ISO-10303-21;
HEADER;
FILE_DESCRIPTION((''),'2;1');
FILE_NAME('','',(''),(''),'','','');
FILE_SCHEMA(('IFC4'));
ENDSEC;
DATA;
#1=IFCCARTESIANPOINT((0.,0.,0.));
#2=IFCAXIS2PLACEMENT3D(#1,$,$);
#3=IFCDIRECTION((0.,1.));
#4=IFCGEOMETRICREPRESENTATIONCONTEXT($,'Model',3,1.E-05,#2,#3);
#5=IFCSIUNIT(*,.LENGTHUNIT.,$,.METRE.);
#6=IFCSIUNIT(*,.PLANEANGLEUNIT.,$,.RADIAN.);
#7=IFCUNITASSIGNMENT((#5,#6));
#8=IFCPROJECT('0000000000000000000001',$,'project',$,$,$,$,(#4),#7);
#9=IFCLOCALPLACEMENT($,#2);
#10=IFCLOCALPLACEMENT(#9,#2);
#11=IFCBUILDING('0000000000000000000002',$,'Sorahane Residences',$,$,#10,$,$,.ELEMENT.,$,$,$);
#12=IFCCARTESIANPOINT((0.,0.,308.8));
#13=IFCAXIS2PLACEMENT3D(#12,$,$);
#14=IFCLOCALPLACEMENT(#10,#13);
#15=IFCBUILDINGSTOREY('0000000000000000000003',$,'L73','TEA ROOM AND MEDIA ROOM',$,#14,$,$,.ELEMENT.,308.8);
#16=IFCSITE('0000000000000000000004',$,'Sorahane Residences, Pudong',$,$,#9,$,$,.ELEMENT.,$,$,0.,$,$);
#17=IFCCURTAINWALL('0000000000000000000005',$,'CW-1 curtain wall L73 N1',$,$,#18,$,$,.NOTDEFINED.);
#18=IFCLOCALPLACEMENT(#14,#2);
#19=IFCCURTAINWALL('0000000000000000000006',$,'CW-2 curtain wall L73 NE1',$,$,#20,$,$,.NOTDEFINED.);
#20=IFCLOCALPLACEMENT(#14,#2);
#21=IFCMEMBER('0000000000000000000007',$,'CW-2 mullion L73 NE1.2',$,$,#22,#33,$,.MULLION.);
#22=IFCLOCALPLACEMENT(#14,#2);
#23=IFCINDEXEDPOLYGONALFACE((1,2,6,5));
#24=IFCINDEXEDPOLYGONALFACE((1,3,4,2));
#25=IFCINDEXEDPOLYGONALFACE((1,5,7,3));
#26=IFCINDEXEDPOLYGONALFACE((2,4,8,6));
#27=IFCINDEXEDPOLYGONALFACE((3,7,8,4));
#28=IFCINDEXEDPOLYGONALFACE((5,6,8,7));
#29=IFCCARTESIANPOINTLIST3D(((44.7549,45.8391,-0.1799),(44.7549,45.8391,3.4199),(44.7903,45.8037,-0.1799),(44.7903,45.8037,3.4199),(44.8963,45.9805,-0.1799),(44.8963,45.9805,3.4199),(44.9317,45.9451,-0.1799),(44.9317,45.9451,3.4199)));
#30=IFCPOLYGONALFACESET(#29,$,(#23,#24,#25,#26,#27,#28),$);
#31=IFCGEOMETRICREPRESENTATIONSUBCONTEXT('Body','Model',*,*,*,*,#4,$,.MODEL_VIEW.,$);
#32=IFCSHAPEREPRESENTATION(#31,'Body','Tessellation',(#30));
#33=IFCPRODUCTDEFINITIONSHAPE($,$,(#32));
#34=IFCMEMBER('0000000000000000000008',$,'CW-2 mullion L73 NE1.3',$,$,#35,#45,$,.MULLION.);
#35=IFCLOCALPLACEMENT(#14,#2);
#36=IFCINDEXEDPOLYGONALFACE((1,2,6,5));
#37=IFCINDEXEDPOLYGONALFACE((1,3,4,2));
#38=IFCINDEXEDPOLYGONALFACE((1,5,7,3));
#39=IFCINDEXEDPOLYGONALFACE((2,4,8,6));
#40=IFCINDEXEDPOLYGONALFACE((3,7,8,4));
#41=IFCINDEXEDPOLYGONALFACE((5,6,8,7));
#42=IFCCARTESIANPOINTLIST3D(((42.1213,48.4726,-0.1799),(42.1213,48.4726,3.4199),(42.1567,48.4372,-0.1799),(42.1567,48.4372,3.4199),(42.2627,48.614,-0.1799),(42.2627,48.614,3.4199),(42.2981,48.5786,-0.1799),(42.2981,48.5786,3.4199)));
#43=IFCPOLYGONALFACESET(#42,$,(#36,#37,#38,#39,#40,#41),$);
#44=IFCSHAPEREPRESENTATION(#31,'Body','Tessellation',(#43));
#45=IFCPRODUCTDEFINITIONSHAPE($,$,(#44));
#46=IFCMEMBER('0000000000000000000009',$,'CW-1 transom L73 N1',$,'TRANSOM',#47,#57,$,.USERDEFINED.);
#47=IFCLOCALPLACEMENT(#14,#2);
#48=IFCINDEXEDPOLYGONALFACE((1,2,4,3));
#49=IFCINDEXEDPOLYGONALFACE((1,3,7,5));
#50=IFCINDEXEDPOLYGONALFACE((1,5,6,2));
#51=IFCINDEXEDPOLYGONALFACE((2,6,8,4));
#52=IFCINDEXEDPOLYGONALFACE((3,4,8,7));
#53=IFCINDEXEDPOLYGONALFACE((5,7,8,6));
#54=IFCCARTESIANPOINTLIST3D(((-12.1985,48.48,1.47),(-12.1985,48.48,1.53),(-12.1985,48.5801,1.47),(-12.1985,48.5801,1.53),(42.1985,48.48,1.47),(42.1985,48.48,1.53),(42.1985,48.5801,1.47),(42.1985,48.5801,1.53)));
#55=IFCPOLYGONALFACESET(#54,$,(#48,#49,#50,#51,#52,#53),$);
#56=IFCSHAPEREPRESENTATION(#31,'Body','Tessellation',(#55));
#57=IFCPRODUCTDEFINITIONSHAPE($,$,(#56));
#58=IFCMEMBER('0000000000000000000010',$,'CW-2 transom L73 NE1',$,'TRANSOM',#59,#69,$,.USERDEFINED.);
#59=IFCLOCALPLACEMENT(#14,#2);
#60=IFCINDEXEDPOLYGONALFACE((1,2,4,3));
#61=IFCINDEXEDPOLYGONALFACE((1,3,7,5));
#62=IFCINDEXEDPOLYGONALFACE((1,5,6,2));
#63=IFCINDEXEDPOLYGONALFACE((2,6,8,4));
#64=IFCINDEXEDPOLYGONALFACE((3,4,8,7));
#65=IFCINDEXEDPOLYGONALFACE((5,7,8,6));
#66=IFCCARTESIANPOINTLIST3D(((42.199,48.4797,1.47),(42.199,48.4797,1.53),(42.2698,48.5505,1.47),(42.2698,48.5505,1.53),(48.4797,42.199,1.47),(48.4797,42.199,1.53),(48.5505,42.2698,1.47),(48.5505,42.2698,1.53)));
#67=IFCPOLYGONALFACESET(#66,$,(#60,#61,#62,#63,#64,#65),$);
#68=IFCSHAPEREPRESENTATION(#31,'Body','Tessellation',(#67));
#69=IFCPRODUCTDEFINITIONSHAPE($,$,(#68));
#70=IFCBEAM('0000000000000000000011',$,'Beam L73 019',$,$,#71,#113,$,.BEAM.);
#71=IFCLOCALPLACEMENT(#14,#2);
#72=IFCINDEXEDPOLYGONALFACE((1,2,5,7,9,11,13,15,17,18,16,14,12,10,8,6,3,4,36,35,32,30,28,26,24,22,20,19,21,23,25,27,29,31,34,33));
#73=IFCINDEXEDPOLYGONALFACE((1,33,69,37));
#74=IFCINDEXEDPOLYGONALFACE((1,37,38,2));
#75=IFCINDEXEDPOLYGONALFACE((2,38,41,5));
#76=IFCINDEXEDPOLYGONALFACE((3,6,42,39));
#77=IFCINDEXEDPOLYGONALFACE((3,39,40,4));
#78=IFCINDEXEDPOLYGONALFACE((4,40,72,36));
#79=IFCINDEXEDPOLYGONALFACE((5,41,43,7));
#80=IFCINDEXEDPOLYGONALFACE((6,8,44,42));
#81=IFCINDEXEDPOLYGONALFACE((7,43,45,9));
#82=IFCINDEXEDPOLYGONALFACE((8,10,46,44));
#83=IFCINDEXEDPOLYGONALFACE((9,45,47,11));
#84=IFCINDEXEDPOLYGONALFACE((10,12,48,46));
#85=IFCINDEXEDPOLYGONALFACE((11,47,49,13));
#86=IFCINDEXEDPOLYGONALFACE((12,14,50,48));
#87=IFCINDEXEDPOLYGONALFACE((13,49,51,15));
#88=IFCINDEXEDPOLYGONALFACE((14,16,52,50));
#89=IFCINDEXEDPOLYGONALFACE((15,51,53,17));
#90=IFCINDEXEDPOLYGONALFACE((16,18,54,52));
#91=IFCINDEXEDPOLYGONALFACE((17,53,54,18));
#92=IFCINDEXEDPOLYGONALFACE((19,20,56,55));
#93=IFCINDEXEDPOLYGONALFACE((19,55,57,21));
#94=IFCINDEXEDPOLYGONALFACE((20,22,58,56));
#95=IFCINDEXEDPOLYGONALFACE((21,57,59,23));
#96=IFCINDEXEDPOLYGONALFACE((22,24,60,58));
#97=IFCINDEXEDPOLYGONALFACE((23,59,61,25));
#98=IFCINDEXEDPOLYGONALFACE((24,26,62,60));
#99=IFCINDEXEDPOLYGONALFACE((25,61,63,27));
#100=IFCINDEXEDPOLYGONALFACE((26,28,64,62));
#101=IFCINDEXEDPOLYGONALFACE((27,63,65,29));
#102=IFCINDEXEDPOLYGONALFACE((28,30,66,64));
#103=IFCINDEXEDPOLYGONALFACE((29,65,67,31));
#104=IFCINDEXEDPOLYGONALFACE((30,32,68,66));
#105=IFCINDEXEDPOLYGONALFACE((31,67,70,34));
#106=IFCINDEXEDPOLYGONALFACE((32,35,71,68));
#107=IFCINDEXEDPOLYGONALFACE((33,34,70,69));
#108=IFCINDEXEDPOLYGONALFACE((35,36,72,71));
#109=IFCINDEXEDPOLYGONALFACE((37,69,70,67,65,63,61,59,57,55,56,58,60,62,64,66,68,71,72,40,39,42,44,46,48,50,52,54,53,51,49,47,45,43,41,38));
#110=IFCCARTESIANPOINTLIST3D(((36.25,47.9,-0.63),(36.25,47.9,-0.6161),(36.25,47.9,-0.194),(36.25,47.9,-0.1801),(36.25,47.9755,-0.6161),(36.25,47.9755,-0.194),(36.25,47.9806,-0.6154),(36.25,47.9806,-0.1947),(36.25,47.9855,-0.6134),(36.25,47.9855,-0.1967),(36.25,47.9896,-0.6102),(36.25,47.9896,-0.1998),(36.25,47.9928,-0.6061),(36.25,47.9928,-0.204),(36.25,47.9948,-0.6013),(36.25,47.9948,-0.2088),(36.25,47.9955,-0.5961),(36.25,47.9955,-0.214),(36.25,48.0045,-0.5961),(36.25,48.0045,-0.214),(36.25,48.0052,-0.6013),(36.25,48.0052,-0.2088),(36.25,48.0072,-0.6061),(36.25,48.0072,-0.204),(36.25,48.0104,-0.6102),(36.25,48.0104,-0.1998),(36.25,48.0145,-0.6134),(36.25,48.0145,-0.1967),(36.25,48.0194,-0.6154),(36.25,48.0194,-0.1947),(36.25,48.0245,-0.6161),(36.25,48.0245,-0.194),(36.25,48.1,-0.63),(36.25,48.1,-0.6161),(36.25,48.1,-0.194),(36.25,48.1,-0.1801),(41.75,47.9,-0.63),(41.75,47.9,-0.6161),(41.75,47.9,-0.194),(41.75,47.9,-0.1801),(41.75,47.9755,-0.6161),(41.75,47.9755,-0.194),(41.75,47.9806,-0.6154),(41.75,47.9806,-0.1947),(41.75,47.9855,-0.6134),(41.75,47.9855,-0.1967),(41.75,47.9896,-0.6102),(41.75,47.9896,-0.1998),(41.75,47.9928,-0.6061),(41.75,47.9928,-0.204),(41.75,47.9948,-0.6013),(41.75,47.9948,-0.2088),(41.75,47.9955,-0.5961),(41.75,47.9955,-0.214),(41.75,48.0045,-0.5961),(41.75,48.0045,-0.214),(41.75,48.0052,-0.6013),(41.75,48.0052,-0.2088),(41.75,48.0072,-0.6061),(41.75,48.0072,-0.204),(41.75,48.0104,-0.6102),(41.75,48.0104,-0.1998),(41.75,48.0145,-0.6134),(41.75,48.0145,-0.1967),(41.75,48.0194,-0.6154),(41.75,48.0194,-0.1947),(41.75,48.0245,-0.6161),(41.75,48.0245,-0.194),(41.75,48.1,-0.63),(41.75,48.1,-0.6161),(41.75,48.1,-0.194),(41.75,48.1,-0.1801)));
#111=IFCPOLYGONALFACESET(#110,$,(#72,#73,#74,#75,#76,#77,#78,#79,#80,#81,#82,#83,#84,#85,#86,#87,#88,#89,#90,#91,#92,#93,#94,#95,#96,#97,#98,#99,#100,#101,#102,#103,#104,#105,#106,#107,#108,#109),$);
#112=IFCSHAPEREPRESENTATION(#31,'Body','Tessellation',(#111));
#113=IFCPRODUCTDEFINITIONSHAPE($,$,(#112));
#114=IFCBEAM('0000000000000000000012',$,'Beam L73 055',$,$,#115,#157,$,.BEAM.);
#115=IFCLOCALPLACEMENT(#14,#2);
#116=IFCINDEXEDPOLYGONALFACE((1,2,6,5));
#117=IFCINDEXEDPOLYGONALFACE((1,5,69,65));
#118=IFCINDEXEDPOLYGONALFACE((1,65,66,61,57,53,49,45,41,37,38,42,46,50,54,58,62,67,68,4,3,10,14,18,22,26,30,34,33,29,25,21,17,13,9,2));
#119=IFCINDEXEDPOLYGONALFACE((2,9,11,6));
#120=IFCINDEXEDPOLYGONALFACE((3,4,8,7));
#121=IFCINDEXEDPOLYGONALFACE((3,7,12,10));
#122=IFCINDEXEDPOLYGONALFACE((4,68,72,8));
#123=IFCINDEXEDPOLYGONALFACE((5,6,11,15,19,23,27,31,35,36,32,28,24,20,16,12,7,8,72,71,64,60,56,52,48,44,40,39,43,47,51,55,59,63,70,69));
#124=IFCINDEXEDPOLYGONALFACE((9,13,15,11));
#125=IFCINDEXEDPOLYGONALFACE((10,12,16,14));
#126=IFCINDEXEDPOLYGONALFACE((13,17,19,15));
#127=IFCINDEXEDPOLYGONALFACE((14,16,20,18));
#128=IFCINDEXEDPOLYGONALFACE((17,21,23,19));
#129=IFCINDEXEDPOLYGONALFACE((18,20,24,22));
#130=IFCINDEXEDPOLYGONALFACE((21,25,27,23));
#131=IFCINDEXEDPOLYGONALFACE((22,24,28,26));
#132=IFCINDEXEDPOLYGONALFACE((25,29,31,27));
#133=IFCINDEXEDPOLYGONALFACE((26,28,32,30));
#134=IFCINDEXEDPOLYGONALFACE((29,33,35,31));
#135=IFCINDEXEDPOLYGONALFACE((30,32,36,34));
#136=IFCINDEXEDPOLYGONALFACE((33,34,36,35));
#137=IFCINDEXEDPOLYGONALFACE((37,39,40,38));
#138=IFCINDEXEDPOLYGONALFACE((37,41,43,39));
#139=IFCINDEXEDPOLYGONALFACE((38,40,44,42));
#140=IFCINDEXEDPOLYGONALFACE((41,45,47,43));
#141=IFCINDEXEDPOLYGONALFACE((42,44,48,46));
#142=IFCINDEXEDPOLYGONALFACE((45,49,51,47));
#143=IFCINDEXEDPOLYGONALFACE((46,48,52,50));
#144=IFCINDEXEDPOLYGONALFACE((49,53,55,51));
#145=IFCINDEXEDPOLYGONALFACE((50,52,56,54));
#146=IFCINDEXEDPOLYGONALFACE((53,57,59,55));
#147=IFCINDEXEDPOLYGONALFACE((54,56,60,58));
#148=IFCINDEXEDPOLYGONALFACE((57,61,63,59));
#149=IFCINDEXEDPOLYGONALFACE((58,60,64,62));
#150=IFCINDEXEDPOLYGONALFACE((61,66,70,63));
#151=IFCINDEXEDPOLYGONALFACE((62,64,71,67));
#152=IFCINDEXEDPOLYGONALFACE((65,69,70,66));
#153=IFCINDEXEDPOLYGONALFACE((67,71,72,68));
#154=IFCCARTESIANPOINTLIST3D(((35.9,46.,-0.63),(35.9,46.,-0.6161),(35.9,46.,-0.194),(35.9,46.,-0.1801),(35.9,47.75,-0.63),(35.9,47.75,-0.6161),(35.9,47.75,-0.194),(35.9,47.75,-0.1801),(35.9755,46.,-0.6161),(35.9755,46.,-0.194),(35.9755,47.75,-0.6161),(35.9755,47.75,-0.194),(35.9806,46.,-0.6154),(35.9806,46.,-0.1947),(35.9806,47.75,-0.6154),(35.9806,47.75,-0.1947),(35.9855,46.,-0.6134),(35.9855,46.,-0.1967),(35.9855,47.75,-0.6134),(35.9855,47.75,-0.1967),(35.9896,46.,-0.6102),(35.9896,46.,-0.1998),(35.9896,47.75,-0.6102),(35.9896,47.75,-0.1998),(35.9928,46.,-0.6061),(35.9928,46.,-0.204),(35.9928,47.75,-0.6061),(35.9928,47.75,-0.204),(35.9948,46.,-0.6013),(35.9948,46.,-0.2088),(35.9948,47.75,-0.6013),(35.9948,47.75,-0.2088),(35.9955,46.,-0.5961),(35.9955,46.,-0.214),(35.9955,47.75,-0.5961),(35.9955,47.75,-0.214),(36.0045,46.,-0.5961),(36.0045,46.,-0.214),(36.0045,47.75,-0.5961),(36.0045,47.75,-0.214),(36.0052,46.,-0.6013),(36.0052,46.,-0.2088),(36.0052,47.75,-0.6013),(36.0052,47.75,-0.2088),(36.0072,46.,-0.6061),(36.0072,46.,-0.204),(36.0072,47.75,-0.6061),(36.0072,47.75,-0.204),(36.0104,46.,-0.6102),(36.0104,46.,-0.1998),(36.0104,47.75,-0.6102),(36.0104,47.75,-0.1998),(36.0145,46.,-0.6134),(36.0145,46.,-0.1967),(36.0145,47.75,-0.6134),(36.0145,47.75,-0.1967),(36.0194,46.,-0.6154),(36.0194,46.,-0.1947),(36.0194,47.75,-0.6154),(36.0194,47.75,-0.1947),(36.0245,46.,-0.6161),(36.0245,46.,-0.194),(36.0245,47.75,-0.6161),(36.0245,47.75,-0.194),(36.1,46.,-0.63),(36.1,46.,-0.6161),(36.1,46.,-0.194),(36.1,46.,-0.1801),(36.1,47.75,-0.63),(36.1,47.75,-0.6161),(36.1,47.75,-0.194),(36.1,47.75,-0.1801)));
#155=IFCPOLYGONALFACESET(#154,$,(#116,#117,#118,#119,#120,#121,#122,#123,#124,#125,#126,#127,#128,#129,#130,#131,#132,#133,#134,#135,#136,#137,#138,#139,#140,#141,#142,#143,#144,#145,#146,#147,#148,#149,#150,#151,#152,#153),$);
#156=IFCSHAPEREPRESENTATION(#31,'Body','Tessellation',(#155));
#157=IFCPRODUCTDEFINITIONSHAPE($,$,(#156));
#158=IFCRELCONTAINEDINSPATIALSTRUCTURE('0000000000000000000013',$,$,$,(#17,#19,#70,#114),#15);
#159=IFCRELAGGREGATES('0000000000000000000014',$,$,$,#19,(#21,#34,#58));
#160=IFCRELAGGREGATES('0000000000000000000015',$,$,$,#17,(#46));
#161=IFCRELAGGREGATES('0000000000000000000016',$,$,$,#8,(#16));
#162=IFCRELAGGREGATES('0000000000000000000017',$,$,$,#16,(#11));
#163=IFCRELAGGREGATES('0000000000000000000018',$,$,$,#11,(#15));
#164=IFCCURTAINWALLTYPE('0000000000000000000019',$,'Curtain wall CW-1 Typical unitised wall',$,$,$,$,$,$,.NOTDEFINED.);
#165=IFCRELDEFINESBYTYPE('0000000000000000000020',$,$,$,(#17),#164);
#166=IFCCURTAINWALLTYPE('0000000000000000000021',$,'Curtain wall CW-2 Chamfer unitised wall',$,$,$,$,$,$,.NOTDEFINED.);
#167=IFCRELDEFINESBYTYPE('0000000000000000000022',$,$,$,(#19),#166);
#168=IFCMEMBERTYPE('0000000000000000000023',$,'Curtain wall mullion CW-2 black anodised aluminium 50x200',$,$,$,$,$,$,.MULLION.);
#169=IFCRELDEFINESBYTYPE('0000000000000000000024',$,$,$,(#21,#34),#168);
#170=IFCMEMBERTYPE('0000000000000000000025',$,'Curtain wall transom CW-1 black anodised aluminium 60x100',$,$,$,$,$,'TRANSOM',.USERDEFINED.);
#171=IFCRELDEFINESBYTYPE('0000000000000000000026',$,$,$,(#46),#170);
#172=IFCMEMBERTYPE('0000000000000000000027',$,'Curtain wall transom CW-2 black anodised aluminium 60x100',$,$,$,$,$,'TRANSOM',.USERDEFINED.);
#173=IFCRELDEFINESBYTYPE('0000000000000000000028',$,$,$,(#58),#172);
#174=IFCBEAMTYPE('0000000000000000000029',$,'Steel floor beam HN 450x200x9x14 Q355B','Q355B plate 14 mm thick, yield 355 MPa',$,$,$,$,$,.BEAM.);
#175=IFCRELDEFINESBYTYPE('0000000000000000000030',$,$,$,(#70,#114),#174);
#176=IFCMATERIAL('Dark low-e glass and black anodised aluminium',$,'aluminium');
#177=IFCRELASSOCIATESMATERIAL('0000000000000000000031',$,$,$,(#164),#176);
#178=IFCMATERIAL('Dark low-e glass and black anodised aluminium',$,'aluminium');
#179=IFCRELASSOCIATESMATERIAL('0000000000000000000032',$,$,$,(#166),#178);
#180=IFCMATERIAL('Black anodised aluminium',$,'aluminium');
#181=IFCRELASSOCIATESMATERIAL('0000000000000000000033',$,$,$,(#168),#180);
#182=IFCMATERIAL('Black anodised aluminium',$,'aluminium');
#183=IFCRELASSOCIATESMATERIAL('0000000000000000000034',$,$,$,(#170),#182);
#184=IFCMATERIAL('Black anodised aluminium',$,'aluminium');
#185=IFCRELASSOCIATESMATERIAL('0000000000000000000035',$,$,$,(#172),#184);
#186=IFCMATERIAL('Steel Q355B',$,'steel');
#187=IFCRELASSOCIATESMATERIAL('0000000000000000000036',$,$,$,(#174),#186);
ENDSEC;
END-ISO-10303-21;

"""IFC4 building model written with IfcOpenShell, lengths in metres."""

from ifc_helpers import new_model, si_unit, direction, frame, origin, origin_2d, place, context, subcontext, project, spatial, rectangle, i_section, extrude, material, material_profile, profile_set, type_object, element, aggregate, save


model = new_model("IFC4")

# Units and contexts
model_context = context("Model", 3, precision=1e-05, world=origin(), true_north=direction((0.0, 1.0)))
body_context = subcontext(model_context, "Body", "Model", "MODEL_VIEW")
ifc_project = project(units=[si_unit("LENGTHUNIT", "METRE"), si_unit("PLANEANGLEUNIT", "RADIAN")], contexts=[model_context])

# Site, building, storey
site_placement = place(None, origin())
site = spatial("IfcSite", under=ifc_project, at=site_placement, Name="Sorahane Residences, Pudong", CompositionType="ELEMENT", RefElevation=0.0)
building_placement = place(site_placement, origin())
building = spatial("IfcBuilding", under=site, at=building_placement, Name="Sorahane Residences", CompositionType="ELEMENT")
storey_placement = place(building_placement, frame((0.0, 0.0, 308.8)))
storey = spatial("IfcBuildingStorey", under=building, at=storey_placement, Name="L73", Description="TEA ROOM AND MEDIA ROOM", CompositionType="ELEMENT", Elevation=308.8)

# Curtain wall
ifc_material_1 = material(Name="Dark low-e glass and black anodised aluminium", Category="aluminium")
curtain_wall_type_1 = type_object("IfcCurtainWallType", Name="Curtain wall CW-1 Typical unitised wall", PredefinedType="NOTDEFINED", material=ifc_material_1)
curtain_wall_1_placement = place(storey_placement, origin())
curtain_wall_1 = element("IfcCurtainWall", 1, at=curtain_wall_1_placement, inside=storey, type_object=curtain_wall_type_1, Name="CW-1 curtain wall L73 N1", PredefinedType="NOTDEFINED")

# Curtain wall, members
ifc_material_2 = material(Name="Dark low-e glass and black anodised aluminium", Category="aluminium")
curtain_wall_type_2 = type_object("IfcCurtainWallType", Name="Curtain wall CW-2 Chamfer unitised wall", PredefinedType="NOTDEFINED", material=ifc_material_2)
curtain_wall_2_placement = place(storey_placement, origin())
curtain_wall_2 = element("IfcCurtainWall", 2, at=curtain_wall_2_placement, inside=storey, type_object=curtain_wall_type_2, Name="CW-2 curtain wall L73 NE1", PredefinedType="NOTDEFINED")
ifc_material_3 = material(Name="Black anodised aluminium", Category="aluminium")
ifc_material_profile_1 = material_profile(ifc_material_3, rectangle(XDim=0.2, YDim=0.05, at=origin_2d()), Name="Curtain wall mullion CW-2 black anodised aluminium 50x200")
ifc_profile_set_1 = profile_set([ifc_material_profile_1], Name="Black anodised aluminium")
member_type_1 = type_object("IfcMemberType", Name="Curtain wall mullion CW-2 black anodised aluminium 50x200", PredefinedType="MULLION", material=ifc_profile_set_1)
member_1_placement = place(storey_placement, frame((44.8433, 45.8921, -0.1799), z_axis=(0.0, 0.0, 1.0), x_axis=(0.707107, 0.707107, 0.0)))
member_1 = element("IfcMember", 3, at=member_1_placement, type_object=member_type_1, Name="CW-2 mullion L73 NE1.2", PredefinedType="MULLION", context=body_context, shape_type="SweptSolid", body=[
    extrude(rectangle(XDim=0.2, YDim=0.05, at=origin_2d()), origin(), (0.0, 0.0, 1.0), 3.5999),
])
member_2_placement = place(storey_placement, frame((42.2097, 48.5256, -0.1799), z_axis=(0.0, 0.0, 1.0), x_axis=(0.707107, 0.707107, 0.0)))
member_2 = element("IfcMember", 4, at=member_2_placement, type_object=member_type_1, Name="CW-2 mullion L73 NE1.3", PredefinedType="MULLION", context=body_context, shape_type="SweptSolid", body=[
    extrude(rectangle(XDim=0.2, YDim=0.05, at=origin_2d()), origin(), (0.0, 0.0, 1.0), 3.5999),
])

# Members
ifc_material_4 = material(Name="Black anodised aluminium", Category="aluminium")
ifc_material_profile_2 = material_profile(ifc_material_4, rectangle(XDim=0.1001, YDim=0.0601, at=origin_2d()), Name="Curtain wall transom CW-1 black anodised aluminium 60x100")
ifc_profile_set_2 = profile_set([ifc_material_profile_2], Name="Black anodised aluminium")
member_type_2 = type_object("IfcMemberType", Name="Curtain wall transom CW-1 black anodised aluminium 60x100", ElementType="TRANSOM", PredefinedType="USERDEFINED", material=ifc_profile_set_2)
member_3_placement = place(storey_placement, frame((42.1985, 48.53, 1.5), z_axis=(-1.0, 0.0, 0.0), x_axis=(0.0, -1.0, 0.0)))
member_3 = element("IfcMember", 5, at=member_3_placement, type_object=member_type_2, Name="CW-1 transom L73 N1", ObjectType="TRANSOM", PredefinedType="USERDEFINED", context=body_context, shape_type="SweptSolid", body=[
    extrude(rectangle(XDim=0.1001, YDim=0.0601, at=origin_2d()), origin(), (0.0, 0.0, 1.0), 54.397),
])
ifc_material_5 = material(Name="Black anodised aluminium", Category="aluminium")
ifc_material_profile_3 = material_profile(ifc_material_5, rectangle(XDim=0.1001, YDim=0.0601, at=origin_2d()), Name="Curtain wall transom CW-2 black anodised aluminium 60x100")
ifc_profile_set_3 = profile_set([ifc_material_profile_3], Name="Black anodised aluminium")
member_type_3 = type_object("IfcMemberType", Name="Curtain wall transom CW-2 black anodised aluminium 60x100", ElementType="TRANSOM", PredefinedType="USERDEFINED", material=ifc_profile_set_3)
member_4_placement = place(storey_placement, frame((48.5151, 42.2344, 1.5), z_axis=(-0.707107, 0.707107, 0.0), x_axis=(-0.707107, -0.707107, 0.0)))
member_4 = element("IfcMember", 6, at=member_4_placement, type_object=member_type_3, Name="CW-2 transom L73 NE1", ObjectType="TRANSOM", PredefinedType="USERDEFINED", context=body_context, shape_type="SweptSolid", body=[
    extrude(rectangle(XDim=0.1001, YDim=0.0601, at=origin_2d()), origin(), (0.0, 0.0, 1.0), 8.8823),
])

# Beams
ifc_material_6 = material(Name="Steel Q355B", Category="steel")
ifc_material_profile_4 = material_profile(ifc_material_6, i_section(OverallWidth=0.2, OverallDepth=0.45, WebThickness=0.009, FlangeThickness=0.0139, FilletRadius=0.02, at=origin_2d()), Name="HN 450x200x9x14")
ifc_profile_set_4 = profile_set([ifc_material_profile_4], Name="Steel Q355B")
beam_type = type_object("IfcBeamType", Name="Steel floor beam HN 450x200x9x14 Q355B", Description="Q355B plate 14 mm thick, yield 355 MPa", PredefinedType="BEAM", material=ifc_profile_set_4)
beam_1_placement = place(storey_placement, frame((36.25, 48.0, -0.405), z_axis=(1.0, 0.0, 0.0), x_axis=(0.0, 1.0, 0.0)))
element("IfcBeam", 7, at=beam_1_placement, inside=storey, type_object=beam_type, Name="Beam L73 019", PredefinedType="BEAM", context=body_context, shape_type="SweptSolid", body=[
    extrude(i_section(OverallWidth=0.2, OverallDepth=0.45, WebThickness=0.009, FlangeThickness=0.0139, FilletRadius=0.02, at=origin_2d()), origin(), (0.0, 0.0, 1.0), 5.5),
])
for number, where, z_axis, x_axis, name in (
    (8, (36.0, 46.0, -0.405), (0.0, 1.0, 0.0), (-1.0, 0.0, 0.0), "Beam L73 055"),
):
    element("IfcBeam", number, at=place(storey_placement, frame(where, z_axis=z_axis, x_axis=x_axis)), inside=storey, type_object=beam_type, Name=name, PredefinedType="BEAM", context=body_context, shape_type="SweptSolid", body=[
        extrude(i_section(OverallWidth=0.2, OverallDepth=0.45, WebThickness=0.009, FlangeThickness=0.0139, FilletRadius=0.02, at=origin_2d()), origin(), (0.0, 0.0, 1.0), 1.75),
    ])

aggregate(curtain_wall_2, [member_1, member_2, member_4])
aggregate(curtain_wall_1, [member_3])

save(model, "model.ifc")
